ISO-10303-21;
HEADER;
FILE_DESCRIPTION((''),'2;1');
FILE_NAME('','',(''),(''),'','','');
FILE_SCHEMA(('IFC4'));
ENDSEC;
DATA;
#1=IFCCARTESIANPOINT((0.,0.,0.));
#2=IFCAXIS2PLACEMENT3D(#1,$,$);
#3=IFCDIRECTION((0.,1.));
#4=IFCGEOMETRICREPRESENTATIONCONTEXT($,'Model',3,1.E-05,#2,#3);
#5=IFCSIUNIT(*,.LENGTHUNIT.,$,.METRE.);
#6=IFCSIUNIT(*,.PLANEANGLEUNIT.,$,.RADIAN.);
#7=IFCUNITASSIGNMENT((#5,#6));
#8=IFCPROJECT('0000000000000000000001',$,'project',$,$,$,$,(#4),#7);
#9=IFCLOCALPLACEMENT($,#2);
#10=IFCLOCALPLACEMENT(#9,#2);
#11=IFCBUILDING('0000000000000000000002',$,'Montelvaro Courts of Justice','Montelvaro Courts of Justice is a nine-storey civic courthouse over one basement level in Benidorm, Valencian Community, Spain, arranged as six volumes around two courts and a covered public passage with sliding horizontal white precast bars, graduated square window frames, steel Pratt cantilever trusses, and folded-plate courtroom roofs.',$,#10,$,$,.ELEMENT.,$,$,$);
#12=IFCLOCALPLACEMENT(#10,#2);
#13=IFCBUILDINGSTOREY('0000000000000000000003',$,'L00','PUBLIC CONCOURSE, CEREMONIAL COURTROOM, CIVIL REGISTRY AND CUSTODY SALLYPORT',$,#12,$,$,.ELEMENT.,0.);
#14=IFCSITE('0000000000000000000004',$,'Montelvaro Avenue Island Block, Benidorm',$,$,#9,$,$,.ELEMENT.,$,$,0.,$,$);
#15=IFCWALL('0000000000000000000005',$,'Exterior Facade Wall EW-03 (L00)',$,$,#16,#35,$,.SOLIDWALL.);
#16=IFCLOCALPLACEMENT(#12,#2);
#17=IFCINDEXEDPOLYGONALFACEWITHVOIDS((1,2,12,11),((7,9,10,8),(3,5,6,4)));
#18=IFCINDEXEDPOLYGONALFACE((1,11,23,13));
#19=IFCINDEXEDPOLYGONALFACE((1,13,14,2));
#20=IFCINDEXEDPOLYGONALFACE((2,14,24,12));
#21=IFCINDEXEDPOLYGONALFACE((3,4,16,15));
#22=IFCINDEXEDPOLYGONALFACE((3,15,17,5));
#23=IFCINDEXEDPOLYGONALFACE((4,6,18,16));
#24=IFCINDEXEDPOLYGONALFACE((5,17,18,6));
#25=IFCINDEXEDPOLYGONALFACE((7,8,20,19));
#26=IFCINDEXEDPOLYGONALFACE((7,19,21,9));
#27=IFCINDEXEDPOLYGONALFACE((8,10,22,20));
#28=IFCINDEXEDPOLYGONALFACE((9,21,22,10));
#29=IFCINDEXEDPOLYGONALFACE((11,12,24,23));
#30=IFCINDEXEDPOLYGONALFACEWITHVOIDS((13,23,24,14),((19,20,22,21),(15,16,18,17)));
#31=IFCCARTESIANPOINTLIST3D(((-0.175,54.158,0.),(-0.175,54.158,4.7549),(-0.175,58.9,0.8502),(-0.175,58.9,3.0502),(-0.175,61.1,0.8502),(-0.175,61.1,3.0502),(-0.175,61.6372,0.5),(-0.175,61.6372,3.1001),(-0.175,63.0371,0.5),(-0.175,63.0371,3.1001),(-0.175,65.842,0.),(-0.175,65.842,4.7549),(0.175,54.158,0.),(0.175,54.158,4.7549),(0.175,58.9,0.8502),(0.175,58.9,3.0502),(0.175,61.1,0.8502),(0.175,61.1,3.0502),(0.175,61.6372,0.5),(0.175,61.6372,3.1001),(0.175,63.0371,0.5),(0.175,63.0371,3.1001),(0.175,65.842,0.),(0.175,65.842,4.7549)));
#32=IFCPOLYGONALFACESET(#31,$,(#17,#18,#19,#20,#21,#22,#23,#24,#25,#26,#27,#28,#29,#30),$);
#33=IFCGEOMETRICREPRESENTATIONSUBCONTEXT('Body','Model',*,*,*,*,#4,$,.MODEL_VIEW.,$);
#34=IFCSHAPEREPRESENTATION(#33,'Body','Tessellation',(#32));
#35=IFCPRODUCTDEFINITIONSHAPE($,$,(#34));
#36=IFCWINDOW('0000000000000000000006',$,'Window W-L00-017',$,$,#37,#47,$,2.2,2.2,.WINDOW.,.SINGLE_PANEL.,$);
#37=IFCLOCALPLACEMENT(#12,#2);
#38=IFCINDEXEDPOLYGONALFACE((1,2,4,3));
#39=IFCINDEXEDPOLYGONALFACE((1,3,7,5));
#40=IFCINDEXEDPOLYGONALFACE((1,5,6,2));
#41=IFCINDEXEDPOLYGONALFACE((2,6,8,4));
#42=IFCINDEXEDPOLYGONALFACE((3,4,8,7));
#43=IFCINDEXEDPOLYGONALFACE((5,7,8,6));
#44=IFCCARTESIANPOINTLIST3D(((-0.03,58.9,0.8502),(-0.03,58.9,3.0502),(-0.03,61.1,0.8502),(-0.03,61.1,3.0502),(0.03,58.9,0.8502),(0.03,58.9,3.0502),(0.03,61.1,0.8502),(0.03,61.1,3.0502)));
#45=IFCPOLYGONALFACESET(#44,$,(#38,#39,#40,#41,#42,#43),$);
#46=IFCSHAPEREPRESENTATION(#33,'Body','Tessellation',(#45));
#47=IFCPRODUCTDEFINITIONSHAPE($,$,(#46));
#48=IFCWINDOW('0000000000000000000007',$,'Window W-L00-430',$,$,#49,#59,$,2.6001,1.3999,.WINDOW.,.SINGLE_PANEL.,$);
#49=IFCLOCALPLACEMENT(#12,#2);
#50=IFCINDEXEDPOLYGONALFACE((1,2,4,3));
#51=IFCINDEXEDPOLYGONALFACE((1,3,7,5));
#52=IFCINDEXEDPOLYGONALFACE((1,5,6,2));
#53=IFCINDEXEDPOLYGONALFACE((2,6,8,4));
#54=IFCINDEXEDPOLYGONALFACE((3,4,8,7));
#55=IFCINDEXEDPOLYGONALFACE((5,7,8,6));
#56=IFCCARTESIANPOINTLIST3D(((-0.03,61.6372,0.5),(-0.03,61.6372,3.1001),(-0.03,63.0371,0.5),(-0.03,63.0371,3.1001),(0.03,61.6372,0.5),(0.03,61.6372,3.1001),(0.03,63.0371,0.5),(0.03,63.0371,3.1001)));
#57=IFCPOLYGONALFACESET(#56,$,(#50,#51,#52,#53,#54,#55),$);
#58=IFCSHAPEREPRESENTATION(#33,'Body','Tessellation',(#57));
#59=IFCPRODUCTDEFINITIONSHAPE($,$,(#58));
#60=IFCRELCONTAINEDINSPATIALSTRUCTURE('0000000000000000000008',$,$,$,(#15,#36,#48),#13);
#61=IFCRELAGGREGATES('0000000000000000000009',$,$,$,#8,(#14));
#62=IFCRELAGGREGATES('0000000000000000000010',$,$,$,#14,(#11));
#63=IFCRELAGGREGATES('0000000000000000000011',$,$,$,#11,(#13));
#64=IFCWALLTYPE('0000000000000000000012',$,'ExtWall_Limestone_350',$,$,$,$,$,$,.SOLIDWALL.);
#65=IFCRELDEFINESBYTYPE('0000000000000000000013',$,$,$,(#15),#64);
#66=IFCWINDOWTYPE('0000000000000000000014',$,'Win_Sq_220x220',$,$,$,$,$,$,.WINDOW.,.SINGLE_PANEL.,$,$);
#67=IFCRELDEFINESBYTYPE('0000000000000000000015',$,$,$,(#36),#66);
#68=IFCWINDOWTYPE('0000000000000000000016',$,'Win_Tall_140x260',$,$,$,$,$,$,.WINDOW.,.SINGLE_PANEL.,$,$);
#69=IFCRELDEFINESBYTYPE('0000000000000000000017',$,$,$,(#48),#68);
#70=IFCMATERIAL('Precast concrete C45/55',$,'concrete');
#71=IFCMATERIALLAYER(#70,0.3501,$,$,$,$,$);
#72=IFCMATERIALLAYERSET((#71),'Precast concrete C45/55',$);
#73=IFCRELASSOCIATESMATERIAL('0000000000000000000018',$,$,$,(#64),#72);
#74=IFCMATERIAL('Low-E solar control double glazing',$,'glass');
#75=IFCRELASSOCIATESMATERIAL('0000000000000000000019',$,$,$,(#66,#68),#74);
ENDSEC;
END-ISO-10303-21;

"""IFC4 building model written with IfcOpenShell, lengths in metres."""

from ifc_helpers import new_model, si_unit, direction, frame, frame_2d, origin, place, context, subcontext, project, spatial, rectangle, extrude, material, layer, layer_set, type_object, element, fill, save


model = new_model("IFC4")

# Units and contexts
model_context = context("Model", 3, precision=1e-05, world=origin(), true_north=direction((0.0, 1.0)))
body_context = subcontext(model_context, "Body", "Model", "MODEL_VIEW")
ifc_project = project(units=[si_unit("LENGTHUNIT", "METRE"), si_unit("PLANEANGLEUNIT", "RADIAN")], contexts=[model_context])

# Site, building, storey
site_placement = place(None, origin())
site = spatial("IfcSite", under=ifc_project, at=site_placement, Name="Montelvaro Avenue Island Block, Benidorm", CompositionType="ELEMENT", RefElevation=0.0)
building_placement = place(site_placement, origin())
building = spatial("IfcBuilding", under=site, at=building_placement, Name="Montelvaro Courts of Justice", Description="Montelvaro Courts of Justice is a nine-storey civic courthouse over one basement level in Benidorm, Valencian Community, Spain, arranged as six volumes around two courts and a covered public passage with sliding horizontal white precast bars, graduated square window frames, steel Pratt cantilever trusses, and folded-plate courtroom roofs.", CompositionType="ELEMENT")
storey_placement = place(building_placement, origin())
storey = spatial("IfcBuildingStorey", under=building, at=storey_placement, Name="L00", Description="PUBLIC CONCOURSE, CEREMONIAL COURTROOM, CIVIL REGISTRY AND CUSTODY SALLYPORT", CompositionType="ELEMENT", Elevation=0.0)

# Shared definitions
ifc_material_1 = material(Name="Precast concrete C45/55", Category="concrete")
ifc_layer_1 = layer(ifc_material_1, 0.3501)
ifc_layer_set_1 = layer_set([ifc_layer_1], Name="Precast concrete C45/55")
wall_type = type_object("IfcWallType", Name="ExtWall_Limestone_350", PredefinedType="SOLIDWALL", material=ifc_layer_set_1)

# Wall, openings, windows
ifc_material_2 = material(Name="Low-E solar control double glazing", Category="glass")
wall_1_placement = place(storey_placement, frame((0.0, 65.842, 0.0), z_axis=(0.0, 0.0, 1.0), x_axis=(0.0, -1.0, 0.0)))
wall_1 = element("IfcWall", 1, at=wall_1_placement, inside=storey, type_object=wall_type, Name="Exterior Facade Wall EW-03 (L00)", PredefinedType="SOLIDWALL", context=body_context, shape_type="SweptSolid", body=[
    extrude(rectangle(XDim=11.6841, YDim=0.3501, at=frame_2d((5.842, 0.0))), origin(), (0.0, 0.0, 1.0), 4.7549),
])
opening_1_placement = place(wall_1_placement, frame((4.7419, 0.0, 0.8501)))
opening_1 = element("IfcOpeningElement", 2, at=opening_1_placement, cuts=wall_1, PredefinedType="OPENING", context=body_context, shape_type="SweptSolid", body=[
    extrude(rectangle(XDim=2.2, YDim=2.2, at=frame_2d((1.1001, 1.1001))), frame((0.0, 0.1899, 0.0), z_axis=(0.0, -1.0, 0.0), x_axis=(1.0, 0.0, 0.0)), (0.0, 0.0, 1.0), 0.3799),
])
opening_2_placement = place(wall_1_placement, frame((2.8049, 0.0, 0.5)))
opening_2 = element("IfcOpeningElement", 3, at=opening_2_placement, cuts=wall_1, PredefinedType="OPENING", context=body_context, shape_type="SweptSolid", body=[
    extrude(rectangle(XDim=1.3999, YDim=2.6001, at=frame_2d((0.7, 1.3))), frame((0.0, 0.1899, 0.0), z_axis=(0.0, -1.0, 0.0), x_axis=(1.0, 0.0, 0.0)), (0.0, 0.0, 1.0), 0.3799),
])
window_type_1 = type_object("IfcWindowType", Name="Win_Sq_220x220", PartitioningType="SINGLE_PANEL", PredefinedType="WINDOW", material=ifc_material_2)
window_1_placement = place(opening_1_placement, origin())
window_1 = element("IfcWindow", 4, at=window_1_placement, inside=storey, type_object=window_type_1, Name="Window W-L00-017", OverallHeight=2.2, OverallWidth=2.2, PartitioningType="SINGLE_PANEL", PredefinedType="WINDOW", context=body_context, shape_type="SweptSolid", body=[
    extrude(rectangle(XDim=2.2, YDim=2.2, at=frame_2d((1.1001, 1.1001))), frame((0.0, 0.03, 0.0), z_axis=(0.0, -1.0, 0.0), x_axis=(1.0, 0.0, 0.0)), (0.0, 0.0, 1.0), 0.0601),
])
fill(opening_1, window_1)
window_type_2 = type_object("IfcWindowType", Name="Win_Tall_140x260", PartitioningType="SINGLE_PANEL", PredefinedType="WINDOW", material=ifc_material_2)
window_2_placement = place(opening_2_placement, origin())
window_2 = element("IfcWindow", 5, at=window_2_placement, inside=storey, type_object=window_type_2, Name="Window W-L00-430", OverallHeight=2.6001, OverallWidth=1.3999, PartitioningType="SINGLE_PANEL", PredefinedType="WINDOW", context=body_context, shape_type="SweptSolid", body=[
    extrude(rectangle(XDim=1.3999, YDim=2.6001, at=frame_2d((0.7, 1.3))), frame((0.0, 0.03, 0.0), z_axis=(0.0, -1.0, 0.0), x_axis=(1.0, 0.0, 0.0)), (0.0, 0.0, 1.0), 0.0601),
])
fill(opening_2, window_2)

save(model, "model.ifc")
